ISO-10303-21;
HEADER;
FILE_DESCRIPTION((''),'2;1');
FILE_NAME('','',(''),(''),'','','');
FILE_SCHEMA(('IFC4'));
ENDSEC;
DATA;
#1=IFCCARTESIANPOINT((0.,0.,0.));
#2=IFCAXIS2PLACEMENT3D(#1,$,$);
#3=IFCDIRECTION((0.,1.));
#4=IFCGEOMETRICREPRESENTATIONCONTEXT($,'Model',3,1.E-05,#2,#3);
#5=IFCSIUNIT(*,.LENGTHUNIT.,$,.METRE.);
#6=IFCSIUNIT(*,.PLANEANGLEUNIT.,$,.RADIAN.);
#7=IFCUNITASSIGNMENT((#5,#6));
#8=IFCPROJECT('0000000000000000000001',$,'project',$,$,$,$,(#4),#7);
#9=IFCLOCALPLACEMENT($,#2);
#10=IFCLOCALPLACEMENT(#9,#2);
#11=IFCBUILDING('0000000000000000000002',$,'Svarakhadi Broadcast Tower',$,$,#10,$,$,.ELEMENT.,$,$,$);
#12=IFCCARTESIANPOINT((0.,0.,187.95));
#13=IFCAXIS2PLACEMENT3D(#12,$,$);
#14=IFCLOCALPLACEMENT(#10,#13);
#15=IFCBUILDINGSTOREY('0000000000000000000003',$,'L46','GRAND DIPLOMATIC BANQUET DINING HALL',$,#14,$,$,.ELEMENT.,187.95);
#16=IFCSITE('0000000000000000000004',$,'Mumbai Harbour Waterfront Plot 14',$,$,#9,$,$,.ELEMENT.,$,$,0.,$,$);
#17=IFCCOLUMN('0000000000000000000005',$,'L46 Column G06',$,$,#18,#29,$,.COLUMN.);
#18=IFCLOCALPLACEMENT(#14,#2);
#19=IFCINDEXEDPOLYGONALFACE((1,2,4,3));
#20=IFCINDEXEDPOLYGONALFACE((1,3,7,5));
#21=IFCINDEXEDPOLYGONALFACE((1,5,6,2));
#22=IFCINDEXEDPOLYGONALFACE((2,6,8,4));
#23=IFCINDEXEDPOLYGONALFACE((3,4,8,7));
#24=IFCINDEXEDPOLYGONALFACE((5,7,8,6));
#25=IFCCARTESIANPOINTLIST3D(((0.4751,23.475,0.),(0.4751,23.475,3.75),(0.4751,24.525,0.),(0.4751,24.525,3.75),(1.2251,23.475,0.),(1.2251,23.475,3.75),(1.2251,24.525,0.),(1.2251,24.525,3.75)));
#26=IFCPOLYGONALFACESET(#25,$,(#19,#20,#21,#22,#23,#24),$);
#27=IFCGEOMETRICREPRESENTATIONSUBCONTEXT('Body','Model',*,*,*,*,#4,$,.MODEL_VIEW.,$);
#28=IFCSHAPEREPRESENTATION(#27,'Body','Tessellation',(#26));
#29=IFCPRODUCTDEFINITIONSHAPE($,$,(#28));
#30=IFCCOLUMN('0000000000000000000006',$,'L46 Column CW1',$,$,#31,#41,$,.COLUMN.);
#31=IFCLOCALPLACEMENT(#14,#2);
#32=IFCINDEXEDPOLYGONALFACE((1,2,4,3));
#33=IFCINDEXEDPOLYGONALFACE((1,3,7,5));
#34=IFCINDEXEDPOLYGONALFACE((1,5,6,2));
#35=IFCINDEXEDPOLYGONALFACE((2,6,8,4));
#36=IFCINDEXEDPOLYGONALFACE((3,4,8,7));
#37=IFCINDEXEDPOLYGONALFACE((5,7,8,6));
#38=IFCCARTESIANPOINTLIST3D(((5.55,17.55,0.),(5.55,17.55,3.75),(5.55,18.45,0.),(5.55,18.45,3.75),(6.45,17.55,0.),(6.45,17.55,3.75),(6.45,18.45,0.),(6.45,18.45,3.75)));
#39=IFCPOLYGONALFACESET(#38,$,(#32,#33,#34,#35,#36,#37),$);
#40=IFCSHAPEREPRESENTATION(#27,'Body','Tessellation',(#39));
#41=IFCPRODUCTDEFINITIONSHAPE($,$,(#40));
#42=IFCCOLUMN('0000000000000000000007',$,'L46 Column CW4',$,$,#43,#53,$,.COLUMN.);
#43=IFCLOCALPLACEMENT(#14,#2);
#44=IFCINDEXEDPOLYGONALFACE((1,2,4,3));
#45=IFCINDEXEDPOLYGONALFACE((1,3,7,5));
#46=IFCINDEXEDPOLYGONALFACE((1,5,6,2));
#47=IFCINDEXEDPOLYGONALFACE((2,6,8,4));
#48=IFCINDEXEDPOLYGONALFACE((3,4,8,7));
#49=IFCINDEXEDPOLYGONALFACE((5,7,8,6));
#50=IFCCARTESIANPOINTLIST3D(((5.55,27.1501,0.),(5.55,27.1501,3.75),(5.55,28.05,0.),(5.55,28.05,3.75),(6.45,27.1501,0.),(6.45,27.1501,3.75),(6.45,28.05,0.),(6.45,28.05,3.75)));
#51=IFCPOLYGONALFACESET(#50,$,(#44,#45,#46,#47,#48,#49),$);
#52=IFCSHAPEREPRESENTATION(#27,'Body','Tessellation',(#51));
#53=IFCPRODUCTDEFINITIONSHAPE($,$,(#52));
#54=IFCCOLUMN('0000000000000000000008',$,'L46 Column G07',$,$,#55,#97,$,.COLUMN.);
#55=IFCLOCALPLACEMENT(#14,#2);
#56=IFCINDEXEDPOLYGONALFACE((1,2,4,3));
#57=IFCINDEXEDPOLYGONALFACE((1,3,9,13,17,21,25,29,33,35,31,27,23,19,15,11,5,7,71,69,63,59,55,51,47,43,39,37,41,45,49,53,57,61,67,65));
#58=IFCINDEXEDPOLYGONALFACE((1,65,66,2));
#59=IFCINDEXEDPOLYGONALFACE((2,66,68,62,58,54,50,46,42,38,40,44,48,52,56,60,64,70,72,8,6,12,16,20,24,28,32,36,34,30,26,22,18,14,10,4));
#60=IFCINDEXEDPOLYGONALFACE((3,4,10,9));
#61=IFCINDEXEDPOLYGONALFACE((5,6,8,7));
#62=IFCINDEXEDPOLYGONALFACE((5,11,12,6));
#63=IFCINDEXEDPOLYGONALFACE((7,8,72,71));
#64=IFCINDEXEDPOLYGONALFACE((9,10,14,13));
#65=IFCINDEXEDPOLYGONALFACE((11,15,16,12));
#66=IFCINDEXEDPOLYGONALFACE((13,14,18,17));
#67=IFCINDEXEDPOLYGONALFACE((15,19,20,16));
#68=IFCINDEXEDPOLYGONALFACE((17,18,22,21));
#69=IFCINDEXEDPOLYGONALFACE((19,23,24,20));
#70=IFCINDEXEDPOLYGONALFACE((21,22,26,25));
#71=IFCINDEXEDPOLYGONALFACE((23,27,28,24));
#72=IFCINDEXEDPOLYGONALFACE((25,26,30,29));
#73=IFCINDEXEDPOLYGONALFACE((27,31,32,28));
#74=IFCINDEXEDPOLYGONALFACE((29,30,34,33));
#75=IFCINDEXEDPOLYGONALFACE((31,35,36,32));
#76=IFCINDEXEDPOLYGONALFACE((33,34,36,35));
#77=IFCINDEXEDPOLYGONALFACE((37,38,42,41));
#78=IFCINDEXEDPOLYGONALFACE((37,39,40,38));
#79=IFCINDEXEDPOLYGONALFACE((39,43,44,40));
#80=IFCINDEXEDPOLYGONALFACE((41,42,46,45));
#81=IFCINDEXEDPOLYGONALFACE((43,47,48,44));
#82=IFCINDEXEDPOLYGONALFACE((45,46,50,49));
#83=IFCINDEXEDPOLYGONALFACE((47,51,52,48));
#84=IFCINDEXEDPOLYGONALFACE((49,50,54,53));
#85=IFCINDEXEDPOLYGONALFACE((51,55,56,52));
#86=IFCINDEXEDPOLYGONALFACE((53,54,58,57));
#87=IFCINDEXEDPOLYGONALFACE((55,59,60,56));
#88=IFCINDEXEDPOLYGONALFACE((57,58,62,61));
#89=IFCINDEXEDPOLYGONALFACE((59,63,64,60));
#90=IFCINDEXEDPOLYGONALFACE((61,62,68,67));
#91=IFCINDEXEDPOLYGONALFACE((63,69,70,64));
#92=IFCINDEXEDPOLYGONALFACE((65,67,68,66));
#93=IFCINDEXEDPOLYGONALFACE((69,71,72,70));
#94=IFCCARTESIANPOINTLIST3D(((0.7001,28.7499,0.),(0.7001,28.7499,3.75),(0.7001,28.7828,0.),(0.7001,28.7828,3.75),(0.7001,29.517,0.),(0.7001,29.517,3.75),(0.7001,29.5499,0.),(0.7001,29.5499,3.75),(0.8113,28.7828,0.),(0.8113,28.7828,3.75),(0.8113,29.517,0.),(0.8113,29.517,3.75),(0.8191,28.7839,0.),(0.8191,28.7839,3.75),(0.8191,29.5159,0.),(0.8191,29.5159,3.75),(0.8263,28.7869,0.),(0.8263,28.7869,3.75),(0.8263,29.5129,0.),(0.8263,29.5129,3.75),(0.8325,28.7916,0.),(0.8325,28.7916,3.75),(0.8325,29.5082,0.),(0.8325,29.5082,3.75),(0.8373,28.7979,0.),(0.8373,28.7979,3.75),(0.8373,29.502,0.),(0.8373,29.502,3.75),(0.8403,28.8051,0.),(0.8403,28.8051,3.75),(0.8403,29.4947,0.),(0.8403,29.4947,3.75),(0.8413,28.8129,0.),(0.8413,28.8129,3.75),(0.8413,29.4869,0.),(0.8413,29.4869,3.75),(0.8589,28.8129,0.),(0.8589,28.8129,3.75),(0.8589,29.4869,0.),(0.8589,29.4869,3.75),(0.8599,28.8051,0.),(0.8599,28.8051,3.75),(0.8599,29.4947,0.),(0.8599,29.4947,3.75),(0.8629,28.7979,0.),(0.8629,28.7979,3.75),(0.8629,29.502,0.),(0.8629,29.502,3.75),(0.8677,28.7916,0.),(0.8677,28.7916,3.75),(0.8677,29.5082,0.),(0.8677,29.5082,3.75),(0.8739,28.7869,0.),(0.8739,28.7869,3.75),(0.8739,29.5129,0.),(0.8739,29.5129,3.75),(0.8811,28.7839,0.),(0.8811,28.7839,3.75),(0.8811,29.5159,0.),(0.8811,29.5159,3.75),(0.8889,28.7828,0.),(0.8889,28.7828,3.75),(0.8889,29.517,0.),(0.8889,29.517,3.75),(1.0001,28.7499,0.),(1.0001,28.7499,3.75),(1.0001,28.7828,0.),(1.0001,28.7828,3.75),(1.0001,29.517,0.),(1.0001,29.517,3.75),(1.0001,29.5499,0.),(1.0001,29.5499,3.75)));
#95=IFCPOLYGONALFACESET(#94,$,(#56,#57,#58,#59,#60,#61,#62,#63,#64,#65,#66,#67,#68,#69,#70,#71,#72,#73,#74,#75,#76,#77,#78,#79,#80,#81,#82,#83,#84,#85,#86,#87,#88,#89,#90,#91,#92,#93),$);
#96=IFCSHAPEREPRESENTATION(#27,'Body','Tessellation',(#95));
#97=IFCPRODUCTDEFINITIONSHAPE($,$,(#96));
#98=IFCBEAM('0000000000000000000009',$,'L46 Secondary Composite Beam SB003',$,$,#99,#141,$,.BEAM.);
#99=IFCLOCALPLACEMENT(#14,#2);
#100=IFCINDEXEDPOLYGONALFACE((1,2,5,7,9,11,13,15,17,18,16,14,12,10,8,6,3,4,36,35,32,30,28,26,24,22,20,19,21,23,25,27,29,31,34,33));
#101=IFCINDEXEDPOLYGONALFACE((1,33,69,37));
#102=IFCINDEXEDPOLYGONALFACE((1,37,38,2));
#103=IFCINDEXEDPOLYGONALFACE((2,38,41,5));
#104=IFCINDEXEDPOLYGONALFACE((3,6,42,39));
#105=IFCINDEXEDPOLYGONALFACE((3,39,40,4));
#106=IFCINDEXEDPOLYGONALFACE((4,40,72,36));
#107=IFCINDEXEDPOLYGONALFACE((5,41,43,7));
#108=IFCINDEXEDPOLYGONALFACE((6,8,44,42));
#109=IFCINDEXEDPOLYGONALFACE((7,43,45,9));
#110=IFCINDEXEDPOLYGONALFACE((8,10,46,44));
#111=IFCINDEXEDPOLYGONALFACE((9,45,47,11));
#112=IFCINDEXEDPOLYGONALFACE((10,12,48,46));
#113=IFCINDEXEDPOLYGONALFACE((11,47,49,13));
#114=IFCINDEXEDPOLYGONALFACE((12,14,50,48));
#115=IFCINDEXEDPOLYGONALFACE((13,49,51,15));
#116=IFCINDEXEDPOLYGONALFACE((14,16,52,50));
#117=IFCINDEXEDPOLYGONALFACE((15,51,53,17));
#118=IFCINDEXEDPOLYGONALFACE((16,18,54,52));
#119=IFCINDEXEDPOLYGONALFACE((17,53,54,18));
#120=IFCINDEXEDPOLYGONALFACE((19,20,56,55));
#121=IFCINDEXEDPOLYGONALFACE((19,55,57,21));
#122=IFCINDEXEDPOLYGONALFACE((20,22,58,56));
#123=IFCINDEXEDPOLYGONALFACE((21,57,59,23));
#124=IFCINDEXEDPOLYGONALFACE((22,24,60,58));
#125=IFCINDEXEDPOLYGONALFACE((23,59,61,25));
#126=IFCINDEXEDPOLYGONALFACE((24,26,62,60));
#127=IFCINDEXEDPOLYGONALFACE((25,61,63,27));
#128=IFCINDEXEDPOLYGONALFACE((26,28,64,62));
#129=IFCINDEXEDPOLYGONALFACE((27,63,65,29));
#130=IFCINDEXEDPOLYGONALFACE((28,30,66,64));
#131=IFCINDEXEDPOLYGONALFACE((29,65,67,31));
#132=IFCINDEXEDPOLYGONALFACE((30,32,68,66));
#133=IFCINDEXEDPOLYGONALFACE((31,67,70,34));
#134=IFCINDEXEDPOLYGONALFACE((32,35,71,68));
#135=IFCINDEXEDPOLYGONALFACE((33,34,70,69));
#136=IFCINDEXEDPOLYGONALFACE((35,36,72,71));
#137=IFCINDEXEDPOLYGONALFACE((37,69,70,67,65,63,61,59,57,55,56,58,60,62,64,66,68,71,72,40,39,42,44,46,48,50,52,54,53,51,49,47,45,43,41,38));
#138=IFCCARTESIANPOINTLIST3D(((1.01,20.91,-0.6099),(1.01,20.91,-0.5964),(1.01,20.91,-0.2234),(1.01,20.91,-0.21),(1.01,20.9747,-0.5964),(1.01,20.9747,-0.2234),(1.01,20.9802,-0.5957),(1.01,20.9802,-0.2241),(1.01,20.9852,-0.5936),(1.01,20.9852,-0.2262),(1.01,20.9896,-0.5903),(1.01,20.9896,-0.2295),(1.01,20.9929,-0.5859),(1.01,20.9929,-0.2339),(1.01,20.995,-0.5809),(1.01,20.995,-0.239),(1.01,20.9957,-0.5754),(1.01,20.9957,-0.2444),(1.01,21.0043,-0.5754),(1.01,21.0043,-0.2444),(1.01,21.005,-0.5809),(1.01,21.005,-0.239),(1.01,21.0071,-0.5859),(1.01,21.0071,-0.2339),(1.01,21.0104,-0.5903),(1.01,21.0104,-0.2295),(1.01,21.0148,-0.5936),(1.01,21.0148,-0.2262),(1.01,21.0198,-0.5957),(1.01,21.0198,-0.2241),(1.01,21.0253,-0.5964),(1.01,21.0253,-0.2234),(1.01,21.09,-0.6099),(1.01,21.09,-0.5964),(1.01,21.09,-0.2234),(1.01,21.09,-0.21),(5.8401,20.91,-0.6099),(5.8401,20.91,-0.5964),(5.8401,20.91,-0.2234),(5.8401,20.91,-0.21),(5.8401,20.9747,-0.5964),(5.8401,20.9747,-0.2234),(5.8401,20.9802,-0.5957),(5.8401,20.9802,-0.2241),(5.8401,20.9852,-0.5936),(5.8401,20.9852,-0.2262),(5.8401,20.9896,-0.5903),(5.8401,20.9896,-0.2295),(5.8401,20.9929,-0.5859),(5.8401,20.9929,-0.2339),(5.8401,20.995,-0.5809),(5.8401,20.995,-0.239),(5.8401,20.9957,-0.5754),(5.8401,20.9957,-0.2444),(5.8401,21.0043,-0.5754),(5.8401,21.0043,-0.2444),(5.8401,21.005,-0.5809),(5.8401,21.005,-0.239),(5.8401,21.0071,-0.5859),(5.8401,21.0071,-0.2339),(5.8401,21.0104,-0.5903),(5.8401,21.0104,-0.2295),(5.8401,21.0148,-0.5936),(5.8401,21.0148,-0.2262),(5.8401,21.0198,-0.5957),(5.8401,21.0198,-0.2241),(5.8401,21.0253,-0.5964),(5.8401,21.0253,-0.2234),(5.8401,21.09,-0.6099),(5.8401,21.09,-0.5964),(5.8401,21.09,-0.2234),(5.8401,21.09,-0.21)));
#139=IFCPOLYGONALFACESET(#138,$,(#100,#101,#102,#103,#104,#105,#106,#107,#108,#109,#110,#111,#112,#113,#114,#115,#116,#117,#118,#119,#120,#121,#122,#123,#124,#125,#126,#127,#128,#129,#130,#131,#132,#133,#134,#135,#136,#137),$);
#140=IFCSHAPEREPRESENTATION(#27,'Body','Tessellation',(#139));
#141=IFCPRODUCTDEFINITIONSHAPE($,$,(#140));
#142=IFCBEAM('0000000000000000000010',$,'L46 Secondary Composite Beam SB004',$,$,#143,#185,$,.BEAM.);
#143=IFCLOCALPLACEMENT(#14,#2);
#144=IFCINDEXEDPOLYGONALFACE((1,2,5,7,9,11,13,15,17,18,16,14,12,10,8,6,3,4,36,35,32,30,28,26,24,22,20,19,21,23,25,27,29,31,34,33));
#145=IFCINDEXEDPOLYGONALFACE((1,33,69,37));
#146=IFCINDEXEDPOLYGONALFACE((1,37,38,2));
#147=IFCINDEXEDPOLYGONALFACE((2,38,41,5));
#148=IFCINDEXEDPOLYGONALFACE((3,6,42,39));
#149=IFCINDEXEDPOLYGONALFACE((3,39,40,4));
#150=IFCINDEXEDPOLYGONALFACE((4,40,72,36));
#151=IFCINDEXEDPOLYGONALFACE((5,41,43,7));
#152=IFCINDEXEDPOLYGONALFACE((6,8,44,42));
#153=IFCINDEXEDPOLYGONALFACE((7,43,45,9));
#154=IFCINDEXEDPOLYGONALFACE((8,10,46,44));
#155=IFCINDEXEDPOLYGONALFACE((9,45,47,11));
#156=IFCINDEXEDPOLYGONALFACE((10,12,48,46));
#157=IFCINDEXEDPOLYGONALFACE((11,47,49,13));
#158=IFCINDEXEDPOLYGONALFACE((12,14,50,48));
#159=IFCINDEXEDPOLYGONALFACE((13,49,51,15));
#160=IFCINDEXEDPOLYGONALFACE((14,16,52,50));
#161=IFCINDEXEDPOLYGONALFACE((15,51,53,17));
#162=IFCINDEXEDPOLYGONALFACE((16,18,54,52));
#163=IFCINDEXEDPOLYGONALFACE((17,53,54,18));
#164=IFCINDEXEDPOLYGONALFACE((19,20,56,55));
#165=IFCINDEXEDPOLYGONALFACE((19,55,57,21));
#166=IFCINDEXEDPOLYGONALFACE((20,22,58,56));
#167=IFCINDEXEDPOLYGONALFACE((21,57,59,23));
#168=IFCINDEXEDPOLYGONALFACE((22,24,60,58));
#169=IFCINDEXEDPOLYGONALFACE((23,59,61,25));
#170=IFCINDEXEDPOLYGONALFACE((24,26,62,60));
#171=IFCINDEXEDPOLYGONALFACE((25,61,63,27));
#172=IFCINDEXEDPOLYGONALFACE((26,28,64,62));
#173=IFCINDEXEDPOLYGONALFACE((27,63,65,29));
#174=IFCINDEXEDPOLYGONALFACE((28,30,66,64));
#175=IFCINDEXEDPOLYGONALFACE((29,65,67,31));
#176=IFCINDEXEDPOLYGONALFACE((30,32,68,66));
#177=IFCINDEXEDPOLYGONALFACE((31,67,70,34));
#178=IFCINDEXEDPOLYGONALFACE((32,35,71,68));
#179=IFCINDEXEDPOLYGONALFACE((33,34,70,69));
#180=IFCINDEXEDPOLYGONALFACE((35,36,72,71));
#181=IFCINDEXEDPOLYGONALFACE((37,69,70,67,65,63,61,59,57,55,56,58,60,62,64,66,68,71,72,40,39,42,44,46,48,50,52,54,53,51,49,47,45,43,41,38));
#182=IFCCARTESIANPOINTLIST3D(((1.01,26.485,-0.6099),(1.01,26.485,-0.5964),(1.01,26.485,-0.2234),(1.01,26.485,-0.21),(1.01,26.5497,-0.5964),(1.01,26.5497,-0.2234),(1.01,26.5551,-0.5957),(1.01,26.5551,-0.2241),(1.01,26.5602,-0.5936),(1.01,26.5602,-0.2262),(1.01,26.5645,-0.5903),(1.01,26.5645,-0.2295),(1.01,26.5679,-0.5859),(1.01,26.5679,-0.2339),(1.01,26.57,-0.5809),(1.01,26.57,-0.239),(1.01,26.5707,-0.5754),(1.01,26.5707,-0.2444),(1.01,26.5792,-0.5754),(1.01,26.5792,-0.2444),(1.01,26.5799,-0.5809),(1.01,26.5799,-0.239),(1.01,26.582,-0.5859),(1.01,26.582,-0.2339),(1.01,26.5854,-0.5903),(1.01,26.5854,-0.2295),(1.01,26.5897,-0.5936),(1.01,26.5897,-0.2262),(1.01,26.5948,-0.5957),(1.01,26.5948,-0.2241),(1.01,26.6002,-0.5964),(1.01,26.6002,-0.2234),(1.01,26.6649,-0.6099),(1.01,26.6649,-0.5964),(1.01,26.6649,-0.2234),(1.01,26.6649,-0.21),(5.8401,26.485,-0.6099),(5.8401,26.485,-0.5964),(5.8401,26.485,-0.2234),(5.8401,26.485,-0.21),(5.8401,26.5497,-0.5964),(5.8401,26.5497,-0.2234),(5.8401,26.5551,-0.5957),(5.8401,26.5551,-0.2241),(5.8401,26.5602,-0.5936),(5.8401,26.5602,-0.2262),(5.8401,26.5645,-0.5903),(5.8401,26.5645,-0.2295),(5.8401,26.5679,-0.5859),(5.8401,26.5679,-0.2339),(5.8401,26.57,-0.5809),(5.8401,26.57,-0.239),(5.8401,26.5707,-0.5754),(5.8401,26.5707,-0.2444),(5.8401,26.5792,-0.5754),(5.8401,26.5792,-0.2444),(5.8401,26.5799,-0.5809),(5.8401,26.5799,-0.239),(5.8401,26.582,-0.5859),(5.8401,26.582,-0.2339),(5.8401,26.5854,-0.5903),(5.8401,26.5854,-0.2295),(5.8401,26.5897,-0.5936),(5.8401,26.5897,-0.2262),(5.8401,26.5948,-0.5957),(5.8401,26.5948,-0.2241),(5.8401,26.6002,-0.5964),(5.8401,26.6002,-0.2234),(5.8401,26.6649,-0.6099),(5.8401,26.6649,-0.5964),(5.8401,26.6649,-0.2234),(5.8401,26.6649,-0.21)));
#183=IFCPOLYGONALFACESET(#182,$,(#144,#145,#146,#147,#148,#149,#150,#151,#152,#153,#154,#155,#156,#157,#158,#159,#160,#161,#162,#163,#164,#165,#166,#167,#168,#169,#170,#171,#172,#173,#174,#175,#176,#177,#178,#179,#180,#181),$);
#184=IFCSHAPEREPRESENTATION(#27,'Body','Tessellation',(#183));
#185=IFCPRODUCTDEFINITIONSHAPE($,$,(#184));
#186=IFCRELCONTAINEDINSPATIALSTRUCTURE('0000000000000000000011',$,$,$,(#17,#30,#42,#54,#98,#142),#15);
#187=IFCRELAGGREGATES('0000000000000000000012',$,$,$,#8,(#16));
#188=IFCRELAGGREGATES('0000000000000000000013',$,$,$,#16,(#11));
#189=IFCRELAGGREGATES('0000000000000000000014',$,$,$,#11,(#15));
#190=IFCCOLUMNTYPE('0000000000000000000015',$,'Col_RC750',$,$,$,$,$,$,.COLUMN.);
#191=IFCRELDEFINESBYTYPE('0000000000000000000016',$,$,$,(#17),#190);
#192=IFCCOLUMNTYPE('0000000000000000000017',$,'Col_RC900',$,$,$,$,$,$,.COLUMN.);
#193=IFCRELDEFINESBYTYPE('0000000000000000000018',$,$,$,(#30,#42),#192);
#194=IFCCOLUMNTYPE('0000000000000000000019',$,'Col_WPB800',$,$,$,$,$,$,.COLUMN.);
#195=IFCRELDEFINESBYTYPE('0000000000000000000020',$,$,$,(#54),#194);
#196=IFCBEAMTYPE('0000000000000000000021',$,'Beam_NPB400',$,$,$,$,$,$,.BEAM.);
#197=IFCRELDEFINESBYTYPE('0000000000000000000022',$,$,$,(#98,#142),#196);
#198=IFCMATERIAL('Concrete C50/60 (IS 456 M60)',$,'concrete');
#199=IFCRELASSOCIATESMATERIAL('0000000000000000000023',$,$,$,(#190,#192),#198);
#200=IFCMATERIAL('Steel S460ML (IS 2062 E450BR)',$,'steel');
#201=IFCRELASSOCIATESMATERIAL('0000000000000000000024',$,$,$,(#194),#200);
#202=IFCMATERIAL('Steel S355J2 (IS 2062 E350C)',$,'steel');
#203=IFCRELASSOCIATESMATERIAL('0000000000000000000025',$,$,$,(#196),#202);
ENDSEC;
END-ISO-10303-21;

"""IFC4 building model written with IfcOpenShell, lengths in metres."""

from ifc_helpers import new_model, si_unit, direction, frame, origin, origin_2d, place, context, subcontext, project, spatial, rectangle, i_section, extrude, material, material_profile, profile_set, type_object, element, save


model = new_model("IFC4")

# Units and contexts
model_context = context("Model", 3, precision=1e-05, world=origin(), true_north=direction((0.0, 1.0)))
body_context = subcontext(model_context, "Body", "Model", "MODEL_VIEW")
ifc_project = project(units=[si_unit("LENGTHUNIT", "METRE"), si_unit("PLANEANGLEUNIT", "RADIAN")], contexts=[model_context])

# Site, building, storey
site_placement = place(None, origin())
site = spatial("IfcSite", under=ifc_project, at=site_placement, Name="Mumbai Harbour Waterfront Plot 14", CompositionType="ELEMENT", RefElevation=0.0)
building_placement = place(site_placement, origin())
building = spatial("IfcBuilding", under=site, at=building_placement, Name="Svarakhadi Broadcast Tower", CompositionType="ELEMENT")
storey_placement = place(building_placement, frame((0.0, 0.0, 187.95)))
storey = spatial("IfcBuildingStorey", under=building, at=storey_placement, Name="L46", Description="GRAND DIPLOMATIC BANQUET DINING HALL", CompositionType="ELEMENT", Elevation=187.95)

# Columns
ifc_material_1 = material(Name="Concrete C50/60 (IS 456 M60)", Category="concrete")
ifc_material_profile_1 = material_profile(ifc_material_1, rectangle(XDim=0.75, YDim=1.05, at=origin_2d()), Name="RC 750x1050")
ifc_profile_set_1 = profile_set([ifc_material_profile_1], Name="Concrete C50/60 (IS 456 M60)")
column_type_1 = type_object("IfcColumnType", Name="Col_RC750", PredefinedType="COLUMN", material=ifc_profile_set_1)
column_1_placement = place(storey_placement, frame((0.8501, 24.0, 0.0), z_axis=(0.0, 0.0, 1.0), x_axis=(1.0, 0.0, 0.0)))
element("IfcColumn", 1, at=column_1_placement, inside=storey, type_object=column_type_1, Name="L46 Column G06", PredefinedType="COLUMN", context=body_context, shape_type="SweptSolid", body=[
    extrude(rectangle(XDim=0.75, YDim=1.05, at=origin_2d()), origin(), (0.0, 0.0, 1.0), 3.75),
])
ifc_material_profile_2 = material_profile(ifc_material_1, rectangle(XDim=0.8999, YDim=0.8999, at=origin_2d()), Name="RC 900x900")
ifc_profile_set_2 = profile_set([ifc_material_profile_2], Name="Concrete C50/60 (IS 456 M60)")
column_type_2 = type_object("IfcColumnType", Name="Col_RC900", PredefinedType="COLUMN", material=ifc_profile_set_2)
for number, where, z_axis, x_axis, name in (
    (2, (6.0, 18.0, 0.0), (0.0, 0.0, 1.0), (1.0, 0.0, 0.0), "L46 Column CW1"),
    (3, (6.0, 27.6001, 0.0), (0.0, 0.0, 1.0), (1.0, 0.0, 0.0), "L46 Column CW4"),
):
    element("IfcColumn", number, at=place(storey_placement, frame(where, z_axis=z_axis, x_axis=x_axis)), inside=storey, type_object=column_type_2, Name=name, PredefinedType="COLUMN", context=body_context, shape_type="SweptSolid", body=[
        extrude(rectangle(XDim=0.8999, YDim=0.8999, at=origin_2d()), origin(), (0.0, 0.0, 1.0), 3.75),
    ])
ifc_material_2 = material(Name="Steel S460ML (IS 2062 E450BR)", Category="steel")
ifc_material_profile_3 = material_profile(ifc_material_2, i_section(OverallWidth=0.3, OverallDepth=0.8, WebThickness=0.0176, FlangeThickness=0.033, FilletRadius=0.03, at=origin_2d()), Name="WPB 800x300x262")
ifc_profile_set_3 = profile_set([ifc_material_profile_3], Name="Steel S460ML (IS 2062 E450BR)")
column_type_3 = type_object("IfcColumnType", Name="Col_WPB800", PredefinedType="COLUMN", material=ifc_profile_set_3)
column_2_placement = place(storey_placement, frame((0.8501, 29.1499, 0.0), z_axis=(0.0, 0.0, 1.0), x_axis=(1.0, 0.0, 0.0)))
element("IfcColumn", 4, at=column_2_placement, inside=storey, type_object=column_type_3, Name="L46 Column G07", PredefinedType="COLUMN", context=body_context, shape_type="SweptSolid", body=[
    extrude(i_section(OverallWidth=0.3, OverallDepth=0.8, WebThickness=0.0176, FlangeThickness=0.033, FilletRadius=0.03, at=origin_2d()), origin(), (0.0, 0.0, 1.0), 3.75),
])

# Beams
ifc_material_3 = material(Name="Steel S355J2 (IS 2062 E350C)", Category="steel")
ifc_material_profile_4 = material_profile(ifc_material_3, i_section(OverallWidth=0.1799, OverallDepth=0.3999, WebThickness=0.0085, FlangeThickness=0.0134, FilletRadius=0.021, at=origin_2d()), Name="NPB 400x180x66")
ifc_profile_set_4 = profile_set([ifc_material_profile_4], Name="Steel S355J2 (IS 2062 E350C)")
beam_type_1 = type_object("IfcBeamType", Name="Beam_NPB400", PredefinedType="BEAM", material=ifc_profile_set_4)
for number, where, z_axis, x_axis, name in (
    (5, (1.01, 21.0, -0.4099), (1.0, 0.0, 0.0), (0.0, 1.0, 0.0), "L46 Secondary Composite Beam SB003"),
    (6, (1.01, 26.575, -0.4099), (1.0, 0.0, 0.0), (0.0, 1.0, 0.0), "L46 Secondary Composite Beam SB004"),
):
    element("IfcBeam", number, at=place(storey_placement, frame(where, z_axis=z_axis, x_axis=x_axis)), inside=storey, type_object=beam_type_1, Name=name, PredefinedType="BEAM", context=body_context, shape_type="SweptSolid", body=[
        extrude(i_section(OverallWidth=0.1799, OverallDepth=0.3999, WebThickness=0.0085, FlangeThickness=0.0134, FilletRadius=0.021, at=origin_2d()), origin(), (0.0, 0.0, 1.0), 4.8301),
    ])

save(model, "model.ifc")
